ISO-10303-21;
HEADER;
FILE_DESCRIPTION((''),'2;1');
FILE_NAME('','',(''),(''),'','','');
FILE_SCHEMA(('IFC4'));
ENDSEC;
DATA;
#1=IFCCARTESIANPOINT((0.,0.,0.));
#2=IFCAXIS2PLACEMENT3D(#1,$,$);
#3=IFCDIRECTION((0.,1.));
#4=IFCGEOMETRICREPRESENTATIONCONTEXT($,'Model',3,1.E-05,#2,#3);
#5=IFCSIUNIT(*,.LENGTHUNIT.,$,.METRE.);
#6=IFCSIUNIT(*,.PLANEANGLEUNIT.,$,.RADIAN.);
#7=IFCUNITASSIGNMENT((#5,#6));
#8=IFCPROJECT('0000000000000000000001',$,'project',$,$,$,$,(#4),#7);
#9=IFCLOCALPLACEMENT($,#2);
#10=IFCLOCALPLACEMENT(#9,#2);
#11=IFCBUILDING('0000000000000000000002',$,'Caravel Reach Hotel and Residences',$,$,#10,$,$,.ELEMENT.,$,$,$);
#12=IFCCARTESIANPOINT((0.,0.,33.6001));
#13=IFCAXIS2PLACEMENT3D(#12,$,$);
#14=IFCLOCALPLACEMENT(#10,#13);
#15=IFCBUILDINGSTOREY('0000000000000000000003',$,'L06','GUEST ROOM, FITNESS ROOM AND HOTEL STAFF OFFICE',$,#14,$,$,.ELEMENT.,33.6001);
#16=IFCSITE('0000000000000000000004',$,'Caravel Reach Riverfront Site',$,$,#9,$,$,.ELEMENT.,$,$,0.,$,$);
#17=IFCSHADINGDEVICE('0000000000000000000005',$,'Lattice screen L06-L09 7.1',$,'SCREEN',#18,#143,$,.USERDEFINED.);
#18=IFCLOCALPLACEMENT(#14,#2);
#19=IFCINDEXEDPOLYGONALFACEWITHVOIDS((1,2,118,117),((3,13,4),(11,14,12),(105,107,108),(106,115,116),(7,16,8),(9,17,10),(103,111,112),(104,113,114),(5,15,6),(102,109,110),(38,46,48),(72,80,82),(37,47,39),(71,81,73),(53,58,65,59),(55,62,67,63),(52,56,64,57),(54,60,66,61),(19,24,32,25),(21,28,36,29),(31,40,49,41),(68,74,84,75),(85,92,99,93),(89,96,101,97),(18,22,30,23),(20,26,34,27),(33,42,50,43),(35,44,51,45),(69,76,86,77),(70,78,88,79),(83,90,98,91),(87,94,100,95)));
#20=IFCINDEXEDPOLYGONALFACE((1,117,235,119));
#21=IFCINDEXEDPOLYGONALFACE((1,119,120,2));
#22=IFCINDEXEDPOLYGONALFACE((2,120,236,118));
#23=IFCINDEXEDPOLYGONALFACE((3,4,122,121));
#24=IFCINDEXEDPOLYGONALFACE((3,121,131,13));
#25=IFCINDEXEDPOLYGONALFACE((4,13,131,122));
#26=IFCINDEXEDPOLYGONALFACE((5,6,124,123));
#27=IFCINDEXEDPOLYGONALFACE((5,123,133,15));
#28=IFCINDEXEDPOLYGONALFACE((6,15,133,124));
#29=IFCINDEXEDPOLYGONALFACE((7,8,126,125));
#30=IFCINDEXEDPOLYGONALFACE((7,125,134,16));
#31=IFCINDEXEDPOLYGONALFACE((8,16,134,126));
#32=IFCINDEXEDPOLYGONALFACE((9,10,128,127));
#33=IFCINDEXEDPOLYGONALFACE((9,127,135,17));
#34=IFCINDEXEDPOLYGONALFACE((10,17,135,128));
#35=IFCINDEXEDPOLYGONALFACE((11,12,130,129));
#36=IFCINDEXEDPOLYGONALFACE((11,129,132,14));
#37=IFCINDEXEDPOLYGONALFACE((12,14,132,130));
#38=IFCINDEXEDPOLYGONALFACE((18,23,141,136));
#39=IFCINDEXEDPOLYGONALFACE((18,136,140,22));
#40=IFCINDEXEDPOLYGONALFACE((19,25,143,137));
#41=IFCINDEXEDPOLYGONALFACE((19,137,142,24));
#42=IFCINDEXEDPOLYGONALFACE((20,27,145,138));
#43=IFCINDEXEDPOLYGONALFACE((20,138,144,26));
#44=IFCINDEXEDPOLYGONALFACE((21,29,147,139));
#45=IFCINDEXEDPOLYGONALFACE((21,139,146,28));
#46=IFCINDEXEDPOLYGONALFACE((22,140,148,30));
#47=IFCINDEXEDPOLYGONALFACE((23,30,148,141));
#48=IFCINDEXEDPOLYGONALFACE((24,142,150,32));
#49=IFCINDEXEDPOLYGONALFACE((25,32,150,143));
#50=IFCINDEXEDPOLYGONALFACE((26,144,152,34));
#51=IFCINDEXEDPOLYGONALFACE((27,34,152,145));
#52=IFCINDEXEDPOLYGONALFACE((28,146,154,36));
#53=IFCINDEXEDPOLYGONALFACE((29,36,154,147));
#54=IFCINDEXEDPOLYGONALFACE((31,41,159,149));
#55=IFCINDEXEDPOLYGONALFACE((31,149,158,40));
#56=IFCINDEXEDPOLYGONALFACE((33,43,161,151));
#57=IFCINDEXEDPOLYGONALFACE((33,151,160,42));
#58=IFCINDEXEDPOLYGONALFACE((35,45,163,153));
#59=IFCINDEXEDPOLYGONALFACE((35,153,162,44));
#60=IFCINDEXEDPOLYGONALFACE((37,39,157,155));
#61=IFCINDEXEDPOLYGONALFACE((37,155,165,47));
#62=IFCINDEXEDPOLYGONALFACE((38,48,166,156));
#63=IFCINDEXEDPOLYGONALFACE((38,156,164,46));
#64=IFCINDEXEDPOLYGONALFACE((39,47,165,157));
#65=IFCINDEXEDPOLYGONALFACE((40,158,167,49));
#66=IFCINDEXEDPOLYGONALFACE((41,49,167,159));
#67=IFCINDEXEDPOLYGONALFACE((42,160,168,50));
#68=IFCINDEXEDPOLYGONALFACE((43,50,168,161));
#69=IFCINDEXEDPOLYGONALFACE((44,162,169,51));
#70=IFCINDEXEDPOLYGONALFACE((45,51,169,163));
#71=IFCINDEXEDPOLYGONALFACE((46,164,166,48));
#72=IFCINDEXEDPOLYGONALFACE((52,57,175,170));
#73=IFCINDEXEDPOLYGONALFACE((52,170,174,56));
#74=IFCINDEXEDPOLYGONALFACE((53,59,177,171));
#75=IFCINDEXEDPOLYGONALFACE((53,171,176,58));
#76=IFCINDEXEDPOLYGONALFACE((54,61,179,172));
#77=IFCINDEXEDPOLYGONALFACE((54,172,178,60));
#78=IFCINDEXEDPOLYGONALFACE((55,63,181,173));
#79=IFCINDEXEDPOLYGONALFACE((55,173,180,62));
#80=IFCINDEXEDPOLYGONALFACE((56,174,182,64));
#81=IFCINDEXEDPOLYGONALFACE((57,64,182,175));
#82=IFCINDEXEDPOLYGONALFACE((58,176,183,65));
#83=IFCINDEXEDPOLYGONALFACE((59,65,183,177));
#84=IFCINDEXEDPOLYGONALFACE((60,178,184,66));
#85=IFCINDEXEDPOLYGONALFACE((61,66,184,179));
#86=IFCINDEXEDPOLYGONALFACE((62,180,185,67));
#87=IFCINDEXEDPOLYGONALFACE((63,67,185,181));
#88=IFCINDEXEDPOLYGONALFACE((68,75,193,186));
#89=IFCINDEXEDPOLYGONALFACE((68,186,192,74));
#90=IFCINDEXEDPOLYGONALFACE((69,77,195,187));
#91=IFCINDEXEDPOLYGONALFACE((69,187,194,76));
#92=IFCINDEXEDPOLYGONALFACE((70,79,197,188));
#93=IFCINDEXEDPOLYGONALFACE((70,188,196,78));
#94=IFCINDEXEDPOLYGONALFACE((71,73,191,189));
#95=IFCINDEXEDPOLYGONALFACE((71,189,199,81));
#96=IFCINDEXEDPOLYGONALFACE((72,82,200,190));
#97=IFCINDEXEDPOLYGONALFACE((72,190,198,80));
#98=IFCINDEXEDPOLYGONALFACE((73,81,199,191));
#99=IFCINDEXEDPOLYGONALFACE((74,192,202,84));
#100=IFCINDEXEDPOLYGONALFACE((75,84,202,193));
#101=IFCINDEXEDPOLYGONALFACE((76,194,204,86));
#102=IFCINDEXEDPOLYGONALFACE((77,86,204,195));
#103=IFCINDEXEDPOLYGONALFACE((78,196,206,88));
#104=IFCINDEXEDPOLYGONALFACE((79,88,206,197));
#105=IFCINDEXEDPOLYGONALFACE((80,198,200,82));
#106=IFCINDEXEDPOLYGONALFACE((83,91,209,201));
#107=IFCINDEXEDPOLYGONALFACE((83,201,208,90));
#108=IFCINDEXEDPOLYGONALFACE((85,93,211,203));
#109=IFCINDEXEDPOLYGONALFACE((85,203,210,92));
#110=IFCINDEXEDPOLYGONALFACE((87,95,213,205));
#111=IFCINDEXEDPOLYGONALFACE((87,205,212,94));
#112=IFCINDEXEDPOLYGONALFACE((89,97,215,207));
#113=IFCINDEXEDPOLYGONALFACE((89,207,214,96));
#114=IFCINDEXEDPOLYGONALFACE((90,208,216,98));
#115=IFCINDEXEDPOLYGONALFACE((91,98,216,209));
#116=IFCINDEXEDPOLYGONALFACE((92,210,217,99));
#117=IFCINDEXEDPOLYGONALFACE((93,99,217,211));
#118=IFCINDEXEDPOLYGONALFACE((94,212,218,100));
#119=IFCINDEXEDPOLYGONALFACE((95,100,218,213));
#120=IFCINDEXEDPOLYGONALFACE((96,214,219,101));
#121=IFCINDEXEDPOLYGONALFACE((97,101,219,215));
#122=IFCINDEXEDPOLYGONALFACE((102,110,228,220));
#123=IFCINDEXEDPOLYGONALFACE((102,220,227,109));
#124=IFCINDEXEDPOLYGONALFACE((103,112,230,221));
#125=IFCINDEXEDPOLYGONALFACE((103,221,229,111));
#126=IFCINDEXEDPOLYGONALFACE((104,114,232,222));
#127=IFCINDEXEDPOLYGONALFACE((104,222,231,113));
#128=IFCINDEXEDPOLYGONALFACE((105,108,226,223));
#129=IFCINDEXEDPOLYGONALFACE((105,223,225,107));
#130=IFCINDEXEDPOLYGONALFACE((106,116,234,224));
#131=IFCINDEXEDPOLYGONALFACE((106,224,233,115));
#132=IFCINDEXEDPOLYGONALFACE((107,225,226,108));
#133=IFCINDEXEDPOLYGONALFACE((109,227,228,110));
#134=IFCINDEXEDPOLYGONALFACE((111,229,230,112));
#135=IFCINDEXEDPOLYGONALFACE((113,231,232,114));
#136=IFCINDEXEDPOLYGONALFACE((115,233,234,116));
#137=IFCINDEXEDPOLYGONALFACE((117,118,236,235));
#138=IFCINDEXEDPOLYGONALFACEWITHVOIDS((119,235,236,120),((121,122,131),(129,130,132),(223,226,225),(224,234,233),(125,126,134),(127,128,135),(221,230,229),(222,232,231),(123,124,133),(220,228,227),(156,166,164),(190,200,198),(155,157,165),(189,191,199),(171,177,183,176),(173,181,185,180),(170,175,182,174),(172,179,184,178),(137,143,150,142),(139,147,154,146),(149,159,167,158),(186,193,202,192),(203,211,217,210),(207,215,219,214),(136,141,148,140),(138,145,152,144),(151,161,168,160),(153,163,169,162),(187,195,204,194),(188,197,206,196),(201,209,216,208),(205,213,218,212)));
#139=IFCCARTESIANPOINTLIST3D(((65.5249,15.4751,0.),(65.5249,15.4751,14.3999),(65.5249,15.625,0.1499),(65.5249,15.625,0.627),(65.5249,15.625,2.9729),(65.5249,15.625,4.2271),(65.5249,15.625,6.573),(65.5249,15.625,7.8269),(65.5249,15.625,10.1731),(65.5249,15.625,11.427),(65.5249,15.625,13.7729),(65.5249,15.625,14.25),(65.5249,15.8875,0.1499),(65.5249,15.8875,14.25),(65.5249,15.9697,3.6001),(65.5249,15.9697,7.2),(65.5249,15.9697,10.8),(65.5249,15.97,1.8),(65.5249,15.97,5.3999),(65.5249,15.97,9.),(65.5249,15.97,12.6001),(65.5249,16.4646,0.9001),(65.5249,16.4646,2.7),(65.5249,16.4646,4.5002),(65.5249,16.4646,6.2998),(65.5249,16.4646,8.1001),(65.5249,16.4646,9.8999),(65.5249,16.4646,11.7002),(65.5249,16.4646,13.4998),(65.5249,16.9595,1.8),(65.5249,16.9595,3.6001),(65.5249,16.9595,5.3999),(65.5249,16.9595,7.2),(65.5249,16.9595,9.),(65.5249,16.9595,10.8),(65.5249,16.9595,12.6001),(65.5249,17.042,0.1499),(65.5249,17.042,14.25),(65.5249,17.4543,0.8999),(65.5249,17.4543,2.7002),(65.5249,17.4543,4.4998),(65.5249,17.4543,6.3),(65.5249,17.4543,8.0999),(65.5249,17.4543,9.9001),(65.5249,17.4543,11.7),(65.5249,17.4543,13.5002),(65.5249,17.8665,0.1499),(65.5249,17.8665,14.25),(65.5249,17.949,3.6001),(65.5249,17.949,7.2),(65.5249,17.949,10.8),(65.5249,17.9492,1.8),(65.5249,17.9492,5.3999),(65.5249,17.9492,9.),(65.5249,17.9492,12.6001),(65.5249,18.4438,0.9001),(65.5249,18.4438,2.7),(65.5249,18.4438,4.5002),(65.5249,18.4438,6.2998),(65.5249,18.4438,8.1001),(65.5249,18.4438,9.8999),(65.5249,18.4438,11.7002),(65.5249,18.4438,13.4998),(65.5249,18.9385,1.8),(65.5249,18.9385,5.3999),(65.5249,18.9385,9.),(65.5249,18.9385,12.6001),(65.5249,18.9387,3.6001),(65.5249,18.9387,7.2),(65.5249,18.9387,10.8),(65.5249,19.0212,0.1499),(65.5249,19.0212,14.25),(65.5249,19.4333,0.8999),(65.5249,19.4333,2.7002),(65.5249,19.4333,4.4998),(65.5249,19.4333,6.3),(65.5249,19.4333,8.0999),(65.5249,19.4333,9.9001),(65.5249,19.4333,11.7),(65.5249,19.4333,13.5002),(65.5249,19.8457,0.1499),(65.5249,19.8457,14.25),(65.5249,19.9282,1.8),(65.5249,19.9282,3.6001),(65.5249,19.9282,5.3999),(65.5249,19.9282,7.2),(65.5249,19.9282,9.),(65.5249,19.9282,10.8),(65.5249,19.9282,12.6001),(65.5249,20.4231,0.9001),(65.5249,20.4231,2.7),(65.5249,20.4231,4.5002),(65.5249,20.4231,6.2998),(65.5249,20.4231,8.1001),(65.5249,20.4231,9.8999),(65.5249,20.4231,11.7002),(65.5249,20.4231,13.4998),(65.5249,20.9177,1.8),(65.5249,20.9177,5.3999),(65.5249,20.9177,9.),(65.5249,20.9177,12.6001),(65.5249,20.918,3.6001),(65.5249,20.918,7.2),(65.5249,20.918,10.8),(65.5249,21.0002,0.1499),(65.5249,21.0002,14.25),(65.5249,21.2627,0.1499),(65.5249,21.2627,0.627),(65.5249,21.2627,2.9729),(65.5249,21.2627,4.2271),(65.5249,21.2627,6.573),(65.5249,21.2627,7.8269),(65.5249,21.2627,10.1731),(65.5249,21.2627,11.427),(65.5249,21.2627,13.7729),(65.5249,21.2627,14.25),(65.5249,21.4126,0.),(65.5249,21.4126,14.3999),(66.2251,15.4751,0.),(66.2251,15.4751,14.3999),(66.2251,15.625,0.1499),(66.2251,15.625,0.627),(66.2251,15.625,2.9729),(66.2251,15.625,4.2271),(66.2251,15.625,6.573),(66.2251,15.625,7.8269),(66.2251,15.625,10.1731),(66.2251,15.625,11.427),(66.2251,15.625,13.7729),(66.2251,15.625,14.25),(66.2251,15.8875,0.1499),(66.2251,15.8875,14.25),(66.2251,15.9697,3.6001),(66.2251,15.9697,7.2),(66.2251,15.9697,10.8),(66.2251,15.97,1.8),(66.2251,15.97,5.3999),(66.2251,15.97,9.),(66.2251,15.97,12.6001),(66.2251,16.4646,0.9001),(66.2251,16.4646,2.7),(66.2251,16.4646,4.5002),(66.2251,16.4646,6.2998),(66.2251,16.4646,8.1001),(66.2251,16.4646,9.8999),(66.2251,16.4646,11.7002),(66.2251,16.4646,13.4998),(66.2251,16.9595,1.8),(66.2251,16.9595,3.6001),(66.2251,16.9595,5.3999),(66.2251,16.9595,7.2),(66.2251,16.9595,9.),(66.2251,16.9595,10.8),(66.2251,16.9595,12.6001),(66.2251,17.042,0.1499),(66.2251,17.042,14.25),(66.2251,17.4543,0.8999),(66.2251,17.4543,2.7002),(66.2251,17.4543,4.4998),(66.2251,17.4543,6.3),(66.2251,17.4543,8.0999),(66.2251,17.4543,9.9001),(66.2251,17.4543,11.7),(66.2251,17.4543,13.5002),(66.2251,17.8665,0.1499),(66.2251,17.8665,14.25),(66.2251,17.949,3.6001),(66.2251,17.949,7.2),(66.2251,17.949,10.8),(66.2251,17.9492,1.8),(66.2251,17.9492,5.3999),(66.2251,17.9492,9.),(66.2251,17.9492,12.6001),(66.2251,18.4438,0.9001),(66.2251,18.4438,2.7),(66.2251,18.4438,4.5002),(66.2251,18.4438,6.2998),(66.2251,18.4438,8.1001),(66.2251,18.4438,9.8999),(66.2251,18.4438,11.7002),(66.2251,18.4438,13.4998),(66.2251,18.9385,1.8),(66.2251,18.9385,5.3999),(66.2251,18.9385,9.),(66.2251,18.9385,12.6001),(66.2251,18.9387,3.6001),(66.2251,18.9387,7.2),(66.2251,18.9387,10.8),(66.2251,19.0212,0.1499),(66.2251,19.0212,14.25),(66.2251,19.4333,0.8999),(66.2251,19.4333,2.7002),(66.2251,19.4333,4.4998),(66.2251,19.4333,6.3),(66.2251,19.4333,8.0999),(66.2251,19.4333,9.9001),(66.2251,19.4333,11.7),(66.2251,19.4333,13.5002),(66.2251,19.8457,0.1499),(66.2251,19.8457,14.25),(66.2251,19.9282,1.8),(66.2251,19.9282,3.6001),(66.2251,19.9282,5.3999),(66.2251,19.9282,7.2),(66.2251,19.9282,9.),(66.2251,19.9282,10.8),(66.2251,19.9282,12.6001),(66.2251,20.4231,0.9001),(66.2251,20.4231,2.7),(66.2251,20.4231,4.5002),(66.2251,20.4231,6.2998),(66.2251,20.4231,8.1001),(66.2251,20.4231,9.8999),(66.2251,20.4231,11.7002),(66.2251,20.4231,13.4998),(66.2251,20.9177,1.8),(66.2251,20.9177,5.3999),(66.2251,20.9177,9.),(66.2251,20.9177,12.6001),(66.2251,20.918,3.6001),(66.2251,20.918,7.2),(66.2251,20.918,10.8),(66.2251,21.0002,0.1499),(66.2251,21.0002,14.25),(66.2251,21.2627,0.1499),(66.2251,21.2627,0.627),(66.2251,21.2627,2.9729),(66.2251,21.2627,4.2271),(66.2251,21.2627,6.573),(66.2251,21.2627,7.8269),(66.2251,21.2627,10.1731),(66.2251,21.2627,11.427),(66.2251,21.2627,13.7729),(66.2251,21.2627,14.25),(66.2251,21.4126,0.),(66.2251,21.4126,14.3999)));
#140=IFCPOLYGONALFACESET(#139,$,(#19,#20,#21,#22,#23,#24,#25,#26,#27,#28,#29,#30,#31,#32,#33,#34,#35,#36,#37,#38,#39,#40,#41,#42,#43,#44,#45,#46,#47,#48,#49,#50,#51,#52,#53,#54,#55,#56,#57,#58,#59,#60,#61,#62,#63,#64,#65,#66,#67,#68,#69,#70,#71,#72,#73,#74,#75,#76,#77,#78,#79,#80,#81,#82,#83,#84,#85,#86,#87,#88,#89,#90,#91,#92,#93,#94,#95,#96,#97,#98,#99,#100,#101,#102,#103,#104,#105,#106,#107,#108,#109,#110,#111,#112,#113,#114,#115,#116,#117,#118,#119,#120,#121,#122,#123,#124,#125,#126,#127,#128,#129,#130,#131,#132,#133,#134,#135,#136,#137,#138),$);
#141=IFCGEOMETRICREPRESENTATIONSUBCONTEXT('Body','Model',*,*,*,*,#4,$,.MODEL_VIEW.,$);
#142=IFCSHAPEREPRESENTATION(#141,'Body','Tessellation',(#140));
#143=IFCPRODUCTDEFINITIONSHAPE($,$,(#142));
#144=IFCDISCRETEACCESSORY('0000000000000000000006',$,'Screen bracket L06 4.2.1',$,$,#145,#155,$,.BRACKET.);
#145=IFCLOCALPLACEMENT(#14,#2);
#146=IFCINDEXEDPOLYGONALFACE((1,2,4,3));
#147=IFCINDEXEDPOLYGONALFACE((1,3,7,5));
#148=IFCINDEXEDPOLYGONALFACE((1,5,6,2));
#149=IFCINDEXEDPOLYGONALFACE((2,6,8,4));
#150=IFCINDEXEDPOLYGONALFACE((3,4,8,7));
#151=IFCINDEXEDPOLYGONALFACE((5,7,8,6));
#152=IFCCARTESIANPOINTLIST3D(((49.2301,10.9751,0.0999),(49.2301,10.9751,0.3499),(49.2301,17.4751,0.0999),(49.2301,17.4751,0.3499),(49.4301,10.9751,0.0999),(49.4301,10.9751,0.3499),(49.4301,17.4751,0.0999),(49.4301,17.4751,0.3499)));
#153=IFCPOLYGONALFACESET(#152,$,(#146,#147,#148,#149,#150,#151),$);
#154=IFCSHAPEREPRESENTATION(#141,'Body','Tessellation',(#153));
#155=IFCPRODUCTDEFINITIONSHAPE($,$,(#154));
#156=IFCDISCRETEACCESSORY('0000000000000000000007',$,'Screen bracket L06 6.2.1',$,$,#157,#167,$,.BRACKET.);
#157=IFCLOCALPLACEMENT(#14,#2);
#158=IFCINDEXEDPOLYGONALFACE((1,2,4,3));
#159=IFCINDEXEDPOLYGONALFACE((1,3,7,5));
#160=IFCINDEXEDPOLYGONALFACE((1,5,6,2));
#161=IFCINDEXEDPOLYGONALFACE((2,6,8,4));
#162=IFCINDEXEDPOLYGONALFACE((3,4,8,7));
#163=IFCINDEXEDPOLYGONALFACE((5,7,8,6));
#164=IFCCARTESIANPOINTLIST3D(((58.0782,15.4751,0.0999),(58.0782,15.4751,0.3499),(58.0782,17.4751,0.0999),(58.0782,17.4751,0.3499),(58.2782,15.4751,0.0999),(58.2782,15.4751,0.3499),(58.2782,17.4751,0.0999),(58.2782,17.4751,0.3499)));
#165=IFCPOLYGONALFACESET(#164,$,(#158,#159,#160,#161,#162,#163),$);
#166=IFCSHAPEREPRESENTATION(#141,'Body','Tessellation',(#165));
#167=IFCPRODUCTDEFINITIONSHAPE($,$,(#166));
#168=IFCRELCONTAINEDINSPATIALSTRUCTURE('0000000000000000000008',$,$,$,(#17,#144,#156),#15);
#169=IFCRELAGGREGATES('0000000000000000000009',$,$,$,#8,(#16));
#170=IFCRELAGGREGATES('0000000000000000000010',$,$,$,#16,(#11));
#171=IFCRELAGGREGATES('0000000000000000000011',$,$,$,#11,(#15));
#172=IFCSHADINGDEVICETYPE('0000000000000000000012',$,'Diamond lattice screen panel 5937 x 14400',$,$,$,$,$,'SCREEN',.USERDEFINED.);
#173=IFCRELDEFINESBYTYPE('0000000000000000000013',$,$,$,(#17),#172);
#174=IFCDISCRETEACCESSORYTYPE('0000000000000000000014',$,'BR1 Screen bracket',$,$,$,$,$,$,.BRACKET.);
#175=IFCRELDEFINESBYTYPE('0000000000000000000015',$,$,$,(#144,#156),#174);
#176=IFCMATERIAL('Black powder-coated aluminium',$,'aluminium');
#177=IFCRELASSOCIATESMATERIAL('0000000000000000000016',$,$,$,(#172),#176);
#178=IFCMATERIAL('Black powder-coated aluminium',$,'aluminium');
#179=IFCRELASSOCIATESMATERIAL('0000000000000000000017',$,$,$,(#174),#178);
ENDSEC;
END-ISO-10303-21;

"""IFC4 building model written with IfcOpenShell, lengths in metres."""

from ifc_helpers import new_model, si_unit, direction, frame, origin, origin_2d, place, context, subcontext, project, spatial, polyline, rectangle, outline, extrude, material, type_object, element, save


model = new_model("IFC4")

# Units and contexts
model_context = context("Model", 3, precision=1e-05, world=origin(), true_north=direction((0.0, 1.0)))
body_context = subcontext(model_context, "Body", "Model", "MODEL_VIEW")
ifc_project = project(units=[si_unit("LENGTHUNIT", "METRE"), si_unit("PLANEANGLEUNIT", "RADIAN")], contexts=[model_context])

# Site, building, storey
site_placement = place(None, origin())
site = spatial("IfcSite", under=ifc_project, at=site_placement, Name="Caravel Reach Riverfront Site", CompositionType="ELEMENT", RefElevation=0.0)
building_placement = place(site_placement, origin())
building = spatial("IfcBuilding", under=site, at=building_placement, Name="Caravel Reach Hotel and Residences", CompositionType="ELEMENT")
storey_placement = place(building_placement, frame((0.0, 0.0, 33.6001)))
storey = spatial("IfcBuildingStorey", under=building, at=storey_placement, Name="L06", Description="GUEST ROOM, FITNESS ROOM AND HOTEL STAFF OFFICE", CompositionType="ELEMENT", Elevation=33.6001)

# Shading device
ifc_material_1 = material(Name="Black powder-coated aluminium", Category="aluminium")
shading_device_type_1 = type_object("IfcShadingDeviceType", Name="Diamond lattice screen panel 5937 x 14400", ElementType="SCREEN", PredefinedType="USERDEFINED", material=ifc_material_1)
shading_device_1_placement = place(storey_placement, frame((65.5249, 15.4751, 0.0), z_axis=(1.0, 0.0, 0.0), x_axis=(0.0, 1.0, 0.0)))
element("IfcShadingDevice", 1, at=shading_device_1_placement, inside=storey, type_object=shading_device_type_1, Name="Lattice screen L06-L09 7.1", ObjectType="SCREEN", PredefinedType="USERDEFINED", context=body_context, shape_type="SweptSolid", body=[
    extrude(outline(polyline([(0.0, 0.0), (5.9375, 0.0), (5.9375, 14.3999), (0.0, 14.3999), (0.0, 0.0)]), holes=[polyline([(0.4124, 0.1499), (0.1499, 0.627), (0.1499, 0.1499), (0.4124, 0.1499)]), polyline([(0.4946, 3.6001), (0.1499, 4.2271), (0.1499, 2.9729), (0.4946, 3.6001)]), polyline([(0.4946, 7.2), (0.1499, 7.8269), (0.1499, 6.573), (0.4946, 7.2)]), polyline([(0.4946, 10.8), (0.1499, 11.427), (0.1499, 10.1731), (0.4946, 10.8)]), polyline([(0.1499, 13.7729), (0.4124, 14.25), (0.1499, 14.25), (0.1499, 13.7729)]), polyline([(0.9895, 2.7), (0.4949, 1.8), (0.9895, 0.9001), (1.4844, 1.8), (0.9895, 2.7)]), polyline([(0.9895, 6.2998), (0.4949, 5.3999), (0.9895, 4.5002), (1.4844, 5.3999), (0.9895, 6.2998)]), polyline([(0.9895, 9.8999), (0.4949, 9.0), (0.9895, 8.1001), (1.4844, 9.0), (0.9895, 9.8999)]), polyline([(0.9895, 13.4998), (0.4949, 12.6001), (0.9895, 11.7002), (1.4844, 12.6001), (0.9895, 13.4998)]), polyline([(1.9792, 0.8999), (1.5669, 0.1499), (2.3914, 0.1499), (1.9792, 0.8999)]), polyline([(1.9792, 4.4998), (1.4844, 3.6001), (1.9792, 2.7002), (2.4739, 3.6001), (1.9792, 4.4998)]), polyline([(1.9792, 8.0999), (1.4844, 7.2), (1.9792, 6.3), (2.4739, 7.2), (1.9792, 8.0999)]), polyline([(1.9792, 11.7), (1.4844, 10.8), (1.9792, 9.9001), (2.4739, 10.8), (1.9792, 11.7)]), polyline([(1.9792, 13.5002), (2.3914, 14.25), (1.5669, 14.25), (1.9792, 13.5002)]), polyline([(2.9688, 2.7), (2.4741, 1.8), (2.9688, 0.9001), (3.4634, 1.8), (2.9688, 2.7)]), polyline([(2.9688, 6.2998), (2.4741, 5.3999), (2.9688, 4.5002), (3.4634, 5.3999), (2.9688, 6.2998)]), polyline([(2.9688, 9.8999), (2.4741, 9.0), (2.9688, 8.1001), (3.4634, 9.0), (2.9688, 9.8999)]), polyline([(2.9688, 13.4998), (2.4741, 12.6001), (2.9688, 11.7002), (3.4634, 12.6001), (2.9688, 13.4998)]), polyline([(3.9583, 0.8999), (3.5461, 0.1499), (4.3706, 0.1499), (3.9583, 0.8999)]), polyline([(3.9583, 4.4998), (3.4636, 3.6001), (3.9583, 2.7002), (4.4531, 3.6001), (3.9583, 4.4998)]), polyline([(3.9583, 8.0999), (3.4636, 7.2), (3.9583, 6.3), (4.4531, 7.2), (3.9583, 8.0999)]), polyline([(3.9583, 11.7), (3.4636, 10.8), (3.9583, 9.9001), (4.4531, 10.8), (3.9583, 11.7)]), polyline([(3.9583, 13.5002), (4.3706, 14.25), (3.5461, 14.25), (3.9583, 13.5002)]), polyline([(4.948, 2.7), (4.4531, 1.8), (4.948, 0.9001), (5.4426, 1.8), (4.948, 2.7)]), polyline([(4.948, 6.2998), (4.4531, 5.3999), (4.948, 4.5002), (5.4426, 5.3999), (4.948, 6.2998)]), polyline([(4.948, 9.8999), (4.4531, 9.0), (4.948, 8.1001), (5.4426, 9.0), (4.948, 9.8999)]), polyline([(4.948, 13.4998), (4.4531, 12.6001), (4.948, 11.7002), (5.4426, 12.6001), (4.948, 13.4998)]), polyline([(5.7876, 0.627), (5.5251, 0.1499), (5.7876, 0.1499), (5.7876, 0.627)]), polyline([(5.4429, 3.6001), (5.7876, 2.9729), (5.7876, 4.2271), (5.4429, 3.6001)]), polyline([(5.4429, 7.2), (5.7876, 6.573), (5.7876, 7.8269), (5.4429, 7.2)]), polyline([(5.4429, 10.8), (5.7876, 10.1731), (5.7876, 11.427), (5.4429, 10.8)]), polyline([(5.5251, 14.25), (5.7876, 13.7729), (5.7876, 14.25), (5.5251, 14.25)])]), origin(), (0.0, 0.0, 1.0), 0.7002),
])

# Discrete accessories
ifc_material_2 = material(Name="Black powder-coated aluminium", Category="aluminium")
discrete_accessory_type = type_object("IfcDiscreteAccessoryType", Name="BR1 Screen bracket", PredefinedType="BRACKET", material=ifc_material_2)
discrete_accessory_1_placement = place(storey_placement, frame((49.3301, 14.2251, 0.0999), z_axis=(0.0, 0.0, 1.0), x_axis=(0.0, -1.0, 0.0)))
element("IfcDiscreteAccessory", 2, at=discrete_accessory_1_placement, inside=storey, type_object=discrete_accessory_type, Name="Screen bracket L06 4.2.1", PredefinedType="BRACKET", context=body_context, shape_type="SweptSolid", body=[
    extrude(rectangle(XDim=6.5, YDim=0.2, at=origin_2d()), origin(), (0.0, 0.0, 1.0), 0.25),
])
discrete_accessory_2_placement = place(storey_placement, frame((58.1782, 16.4751, 0.0999), z_axis=(0.0, 0.0, 1.0), x_axis=(0.0, -1.0, 0.0)))
element("IfcDiscreteAccessory", 3, at=discrete_accessory_2_placement, inside=storey, type_object=discrete_accessory_type, Name="Screen bracket L06 6.2.1", PredefinedType="BRACKET", context=body_context, shape_type="SweptSolid", body=[
    extrude(rectangle(XDim=2.0, YDim=0.2, at=origin_2d()), origin(), (0.0, 0.0, 1.0), 0.25),
])

save(model, "model.ifc")
